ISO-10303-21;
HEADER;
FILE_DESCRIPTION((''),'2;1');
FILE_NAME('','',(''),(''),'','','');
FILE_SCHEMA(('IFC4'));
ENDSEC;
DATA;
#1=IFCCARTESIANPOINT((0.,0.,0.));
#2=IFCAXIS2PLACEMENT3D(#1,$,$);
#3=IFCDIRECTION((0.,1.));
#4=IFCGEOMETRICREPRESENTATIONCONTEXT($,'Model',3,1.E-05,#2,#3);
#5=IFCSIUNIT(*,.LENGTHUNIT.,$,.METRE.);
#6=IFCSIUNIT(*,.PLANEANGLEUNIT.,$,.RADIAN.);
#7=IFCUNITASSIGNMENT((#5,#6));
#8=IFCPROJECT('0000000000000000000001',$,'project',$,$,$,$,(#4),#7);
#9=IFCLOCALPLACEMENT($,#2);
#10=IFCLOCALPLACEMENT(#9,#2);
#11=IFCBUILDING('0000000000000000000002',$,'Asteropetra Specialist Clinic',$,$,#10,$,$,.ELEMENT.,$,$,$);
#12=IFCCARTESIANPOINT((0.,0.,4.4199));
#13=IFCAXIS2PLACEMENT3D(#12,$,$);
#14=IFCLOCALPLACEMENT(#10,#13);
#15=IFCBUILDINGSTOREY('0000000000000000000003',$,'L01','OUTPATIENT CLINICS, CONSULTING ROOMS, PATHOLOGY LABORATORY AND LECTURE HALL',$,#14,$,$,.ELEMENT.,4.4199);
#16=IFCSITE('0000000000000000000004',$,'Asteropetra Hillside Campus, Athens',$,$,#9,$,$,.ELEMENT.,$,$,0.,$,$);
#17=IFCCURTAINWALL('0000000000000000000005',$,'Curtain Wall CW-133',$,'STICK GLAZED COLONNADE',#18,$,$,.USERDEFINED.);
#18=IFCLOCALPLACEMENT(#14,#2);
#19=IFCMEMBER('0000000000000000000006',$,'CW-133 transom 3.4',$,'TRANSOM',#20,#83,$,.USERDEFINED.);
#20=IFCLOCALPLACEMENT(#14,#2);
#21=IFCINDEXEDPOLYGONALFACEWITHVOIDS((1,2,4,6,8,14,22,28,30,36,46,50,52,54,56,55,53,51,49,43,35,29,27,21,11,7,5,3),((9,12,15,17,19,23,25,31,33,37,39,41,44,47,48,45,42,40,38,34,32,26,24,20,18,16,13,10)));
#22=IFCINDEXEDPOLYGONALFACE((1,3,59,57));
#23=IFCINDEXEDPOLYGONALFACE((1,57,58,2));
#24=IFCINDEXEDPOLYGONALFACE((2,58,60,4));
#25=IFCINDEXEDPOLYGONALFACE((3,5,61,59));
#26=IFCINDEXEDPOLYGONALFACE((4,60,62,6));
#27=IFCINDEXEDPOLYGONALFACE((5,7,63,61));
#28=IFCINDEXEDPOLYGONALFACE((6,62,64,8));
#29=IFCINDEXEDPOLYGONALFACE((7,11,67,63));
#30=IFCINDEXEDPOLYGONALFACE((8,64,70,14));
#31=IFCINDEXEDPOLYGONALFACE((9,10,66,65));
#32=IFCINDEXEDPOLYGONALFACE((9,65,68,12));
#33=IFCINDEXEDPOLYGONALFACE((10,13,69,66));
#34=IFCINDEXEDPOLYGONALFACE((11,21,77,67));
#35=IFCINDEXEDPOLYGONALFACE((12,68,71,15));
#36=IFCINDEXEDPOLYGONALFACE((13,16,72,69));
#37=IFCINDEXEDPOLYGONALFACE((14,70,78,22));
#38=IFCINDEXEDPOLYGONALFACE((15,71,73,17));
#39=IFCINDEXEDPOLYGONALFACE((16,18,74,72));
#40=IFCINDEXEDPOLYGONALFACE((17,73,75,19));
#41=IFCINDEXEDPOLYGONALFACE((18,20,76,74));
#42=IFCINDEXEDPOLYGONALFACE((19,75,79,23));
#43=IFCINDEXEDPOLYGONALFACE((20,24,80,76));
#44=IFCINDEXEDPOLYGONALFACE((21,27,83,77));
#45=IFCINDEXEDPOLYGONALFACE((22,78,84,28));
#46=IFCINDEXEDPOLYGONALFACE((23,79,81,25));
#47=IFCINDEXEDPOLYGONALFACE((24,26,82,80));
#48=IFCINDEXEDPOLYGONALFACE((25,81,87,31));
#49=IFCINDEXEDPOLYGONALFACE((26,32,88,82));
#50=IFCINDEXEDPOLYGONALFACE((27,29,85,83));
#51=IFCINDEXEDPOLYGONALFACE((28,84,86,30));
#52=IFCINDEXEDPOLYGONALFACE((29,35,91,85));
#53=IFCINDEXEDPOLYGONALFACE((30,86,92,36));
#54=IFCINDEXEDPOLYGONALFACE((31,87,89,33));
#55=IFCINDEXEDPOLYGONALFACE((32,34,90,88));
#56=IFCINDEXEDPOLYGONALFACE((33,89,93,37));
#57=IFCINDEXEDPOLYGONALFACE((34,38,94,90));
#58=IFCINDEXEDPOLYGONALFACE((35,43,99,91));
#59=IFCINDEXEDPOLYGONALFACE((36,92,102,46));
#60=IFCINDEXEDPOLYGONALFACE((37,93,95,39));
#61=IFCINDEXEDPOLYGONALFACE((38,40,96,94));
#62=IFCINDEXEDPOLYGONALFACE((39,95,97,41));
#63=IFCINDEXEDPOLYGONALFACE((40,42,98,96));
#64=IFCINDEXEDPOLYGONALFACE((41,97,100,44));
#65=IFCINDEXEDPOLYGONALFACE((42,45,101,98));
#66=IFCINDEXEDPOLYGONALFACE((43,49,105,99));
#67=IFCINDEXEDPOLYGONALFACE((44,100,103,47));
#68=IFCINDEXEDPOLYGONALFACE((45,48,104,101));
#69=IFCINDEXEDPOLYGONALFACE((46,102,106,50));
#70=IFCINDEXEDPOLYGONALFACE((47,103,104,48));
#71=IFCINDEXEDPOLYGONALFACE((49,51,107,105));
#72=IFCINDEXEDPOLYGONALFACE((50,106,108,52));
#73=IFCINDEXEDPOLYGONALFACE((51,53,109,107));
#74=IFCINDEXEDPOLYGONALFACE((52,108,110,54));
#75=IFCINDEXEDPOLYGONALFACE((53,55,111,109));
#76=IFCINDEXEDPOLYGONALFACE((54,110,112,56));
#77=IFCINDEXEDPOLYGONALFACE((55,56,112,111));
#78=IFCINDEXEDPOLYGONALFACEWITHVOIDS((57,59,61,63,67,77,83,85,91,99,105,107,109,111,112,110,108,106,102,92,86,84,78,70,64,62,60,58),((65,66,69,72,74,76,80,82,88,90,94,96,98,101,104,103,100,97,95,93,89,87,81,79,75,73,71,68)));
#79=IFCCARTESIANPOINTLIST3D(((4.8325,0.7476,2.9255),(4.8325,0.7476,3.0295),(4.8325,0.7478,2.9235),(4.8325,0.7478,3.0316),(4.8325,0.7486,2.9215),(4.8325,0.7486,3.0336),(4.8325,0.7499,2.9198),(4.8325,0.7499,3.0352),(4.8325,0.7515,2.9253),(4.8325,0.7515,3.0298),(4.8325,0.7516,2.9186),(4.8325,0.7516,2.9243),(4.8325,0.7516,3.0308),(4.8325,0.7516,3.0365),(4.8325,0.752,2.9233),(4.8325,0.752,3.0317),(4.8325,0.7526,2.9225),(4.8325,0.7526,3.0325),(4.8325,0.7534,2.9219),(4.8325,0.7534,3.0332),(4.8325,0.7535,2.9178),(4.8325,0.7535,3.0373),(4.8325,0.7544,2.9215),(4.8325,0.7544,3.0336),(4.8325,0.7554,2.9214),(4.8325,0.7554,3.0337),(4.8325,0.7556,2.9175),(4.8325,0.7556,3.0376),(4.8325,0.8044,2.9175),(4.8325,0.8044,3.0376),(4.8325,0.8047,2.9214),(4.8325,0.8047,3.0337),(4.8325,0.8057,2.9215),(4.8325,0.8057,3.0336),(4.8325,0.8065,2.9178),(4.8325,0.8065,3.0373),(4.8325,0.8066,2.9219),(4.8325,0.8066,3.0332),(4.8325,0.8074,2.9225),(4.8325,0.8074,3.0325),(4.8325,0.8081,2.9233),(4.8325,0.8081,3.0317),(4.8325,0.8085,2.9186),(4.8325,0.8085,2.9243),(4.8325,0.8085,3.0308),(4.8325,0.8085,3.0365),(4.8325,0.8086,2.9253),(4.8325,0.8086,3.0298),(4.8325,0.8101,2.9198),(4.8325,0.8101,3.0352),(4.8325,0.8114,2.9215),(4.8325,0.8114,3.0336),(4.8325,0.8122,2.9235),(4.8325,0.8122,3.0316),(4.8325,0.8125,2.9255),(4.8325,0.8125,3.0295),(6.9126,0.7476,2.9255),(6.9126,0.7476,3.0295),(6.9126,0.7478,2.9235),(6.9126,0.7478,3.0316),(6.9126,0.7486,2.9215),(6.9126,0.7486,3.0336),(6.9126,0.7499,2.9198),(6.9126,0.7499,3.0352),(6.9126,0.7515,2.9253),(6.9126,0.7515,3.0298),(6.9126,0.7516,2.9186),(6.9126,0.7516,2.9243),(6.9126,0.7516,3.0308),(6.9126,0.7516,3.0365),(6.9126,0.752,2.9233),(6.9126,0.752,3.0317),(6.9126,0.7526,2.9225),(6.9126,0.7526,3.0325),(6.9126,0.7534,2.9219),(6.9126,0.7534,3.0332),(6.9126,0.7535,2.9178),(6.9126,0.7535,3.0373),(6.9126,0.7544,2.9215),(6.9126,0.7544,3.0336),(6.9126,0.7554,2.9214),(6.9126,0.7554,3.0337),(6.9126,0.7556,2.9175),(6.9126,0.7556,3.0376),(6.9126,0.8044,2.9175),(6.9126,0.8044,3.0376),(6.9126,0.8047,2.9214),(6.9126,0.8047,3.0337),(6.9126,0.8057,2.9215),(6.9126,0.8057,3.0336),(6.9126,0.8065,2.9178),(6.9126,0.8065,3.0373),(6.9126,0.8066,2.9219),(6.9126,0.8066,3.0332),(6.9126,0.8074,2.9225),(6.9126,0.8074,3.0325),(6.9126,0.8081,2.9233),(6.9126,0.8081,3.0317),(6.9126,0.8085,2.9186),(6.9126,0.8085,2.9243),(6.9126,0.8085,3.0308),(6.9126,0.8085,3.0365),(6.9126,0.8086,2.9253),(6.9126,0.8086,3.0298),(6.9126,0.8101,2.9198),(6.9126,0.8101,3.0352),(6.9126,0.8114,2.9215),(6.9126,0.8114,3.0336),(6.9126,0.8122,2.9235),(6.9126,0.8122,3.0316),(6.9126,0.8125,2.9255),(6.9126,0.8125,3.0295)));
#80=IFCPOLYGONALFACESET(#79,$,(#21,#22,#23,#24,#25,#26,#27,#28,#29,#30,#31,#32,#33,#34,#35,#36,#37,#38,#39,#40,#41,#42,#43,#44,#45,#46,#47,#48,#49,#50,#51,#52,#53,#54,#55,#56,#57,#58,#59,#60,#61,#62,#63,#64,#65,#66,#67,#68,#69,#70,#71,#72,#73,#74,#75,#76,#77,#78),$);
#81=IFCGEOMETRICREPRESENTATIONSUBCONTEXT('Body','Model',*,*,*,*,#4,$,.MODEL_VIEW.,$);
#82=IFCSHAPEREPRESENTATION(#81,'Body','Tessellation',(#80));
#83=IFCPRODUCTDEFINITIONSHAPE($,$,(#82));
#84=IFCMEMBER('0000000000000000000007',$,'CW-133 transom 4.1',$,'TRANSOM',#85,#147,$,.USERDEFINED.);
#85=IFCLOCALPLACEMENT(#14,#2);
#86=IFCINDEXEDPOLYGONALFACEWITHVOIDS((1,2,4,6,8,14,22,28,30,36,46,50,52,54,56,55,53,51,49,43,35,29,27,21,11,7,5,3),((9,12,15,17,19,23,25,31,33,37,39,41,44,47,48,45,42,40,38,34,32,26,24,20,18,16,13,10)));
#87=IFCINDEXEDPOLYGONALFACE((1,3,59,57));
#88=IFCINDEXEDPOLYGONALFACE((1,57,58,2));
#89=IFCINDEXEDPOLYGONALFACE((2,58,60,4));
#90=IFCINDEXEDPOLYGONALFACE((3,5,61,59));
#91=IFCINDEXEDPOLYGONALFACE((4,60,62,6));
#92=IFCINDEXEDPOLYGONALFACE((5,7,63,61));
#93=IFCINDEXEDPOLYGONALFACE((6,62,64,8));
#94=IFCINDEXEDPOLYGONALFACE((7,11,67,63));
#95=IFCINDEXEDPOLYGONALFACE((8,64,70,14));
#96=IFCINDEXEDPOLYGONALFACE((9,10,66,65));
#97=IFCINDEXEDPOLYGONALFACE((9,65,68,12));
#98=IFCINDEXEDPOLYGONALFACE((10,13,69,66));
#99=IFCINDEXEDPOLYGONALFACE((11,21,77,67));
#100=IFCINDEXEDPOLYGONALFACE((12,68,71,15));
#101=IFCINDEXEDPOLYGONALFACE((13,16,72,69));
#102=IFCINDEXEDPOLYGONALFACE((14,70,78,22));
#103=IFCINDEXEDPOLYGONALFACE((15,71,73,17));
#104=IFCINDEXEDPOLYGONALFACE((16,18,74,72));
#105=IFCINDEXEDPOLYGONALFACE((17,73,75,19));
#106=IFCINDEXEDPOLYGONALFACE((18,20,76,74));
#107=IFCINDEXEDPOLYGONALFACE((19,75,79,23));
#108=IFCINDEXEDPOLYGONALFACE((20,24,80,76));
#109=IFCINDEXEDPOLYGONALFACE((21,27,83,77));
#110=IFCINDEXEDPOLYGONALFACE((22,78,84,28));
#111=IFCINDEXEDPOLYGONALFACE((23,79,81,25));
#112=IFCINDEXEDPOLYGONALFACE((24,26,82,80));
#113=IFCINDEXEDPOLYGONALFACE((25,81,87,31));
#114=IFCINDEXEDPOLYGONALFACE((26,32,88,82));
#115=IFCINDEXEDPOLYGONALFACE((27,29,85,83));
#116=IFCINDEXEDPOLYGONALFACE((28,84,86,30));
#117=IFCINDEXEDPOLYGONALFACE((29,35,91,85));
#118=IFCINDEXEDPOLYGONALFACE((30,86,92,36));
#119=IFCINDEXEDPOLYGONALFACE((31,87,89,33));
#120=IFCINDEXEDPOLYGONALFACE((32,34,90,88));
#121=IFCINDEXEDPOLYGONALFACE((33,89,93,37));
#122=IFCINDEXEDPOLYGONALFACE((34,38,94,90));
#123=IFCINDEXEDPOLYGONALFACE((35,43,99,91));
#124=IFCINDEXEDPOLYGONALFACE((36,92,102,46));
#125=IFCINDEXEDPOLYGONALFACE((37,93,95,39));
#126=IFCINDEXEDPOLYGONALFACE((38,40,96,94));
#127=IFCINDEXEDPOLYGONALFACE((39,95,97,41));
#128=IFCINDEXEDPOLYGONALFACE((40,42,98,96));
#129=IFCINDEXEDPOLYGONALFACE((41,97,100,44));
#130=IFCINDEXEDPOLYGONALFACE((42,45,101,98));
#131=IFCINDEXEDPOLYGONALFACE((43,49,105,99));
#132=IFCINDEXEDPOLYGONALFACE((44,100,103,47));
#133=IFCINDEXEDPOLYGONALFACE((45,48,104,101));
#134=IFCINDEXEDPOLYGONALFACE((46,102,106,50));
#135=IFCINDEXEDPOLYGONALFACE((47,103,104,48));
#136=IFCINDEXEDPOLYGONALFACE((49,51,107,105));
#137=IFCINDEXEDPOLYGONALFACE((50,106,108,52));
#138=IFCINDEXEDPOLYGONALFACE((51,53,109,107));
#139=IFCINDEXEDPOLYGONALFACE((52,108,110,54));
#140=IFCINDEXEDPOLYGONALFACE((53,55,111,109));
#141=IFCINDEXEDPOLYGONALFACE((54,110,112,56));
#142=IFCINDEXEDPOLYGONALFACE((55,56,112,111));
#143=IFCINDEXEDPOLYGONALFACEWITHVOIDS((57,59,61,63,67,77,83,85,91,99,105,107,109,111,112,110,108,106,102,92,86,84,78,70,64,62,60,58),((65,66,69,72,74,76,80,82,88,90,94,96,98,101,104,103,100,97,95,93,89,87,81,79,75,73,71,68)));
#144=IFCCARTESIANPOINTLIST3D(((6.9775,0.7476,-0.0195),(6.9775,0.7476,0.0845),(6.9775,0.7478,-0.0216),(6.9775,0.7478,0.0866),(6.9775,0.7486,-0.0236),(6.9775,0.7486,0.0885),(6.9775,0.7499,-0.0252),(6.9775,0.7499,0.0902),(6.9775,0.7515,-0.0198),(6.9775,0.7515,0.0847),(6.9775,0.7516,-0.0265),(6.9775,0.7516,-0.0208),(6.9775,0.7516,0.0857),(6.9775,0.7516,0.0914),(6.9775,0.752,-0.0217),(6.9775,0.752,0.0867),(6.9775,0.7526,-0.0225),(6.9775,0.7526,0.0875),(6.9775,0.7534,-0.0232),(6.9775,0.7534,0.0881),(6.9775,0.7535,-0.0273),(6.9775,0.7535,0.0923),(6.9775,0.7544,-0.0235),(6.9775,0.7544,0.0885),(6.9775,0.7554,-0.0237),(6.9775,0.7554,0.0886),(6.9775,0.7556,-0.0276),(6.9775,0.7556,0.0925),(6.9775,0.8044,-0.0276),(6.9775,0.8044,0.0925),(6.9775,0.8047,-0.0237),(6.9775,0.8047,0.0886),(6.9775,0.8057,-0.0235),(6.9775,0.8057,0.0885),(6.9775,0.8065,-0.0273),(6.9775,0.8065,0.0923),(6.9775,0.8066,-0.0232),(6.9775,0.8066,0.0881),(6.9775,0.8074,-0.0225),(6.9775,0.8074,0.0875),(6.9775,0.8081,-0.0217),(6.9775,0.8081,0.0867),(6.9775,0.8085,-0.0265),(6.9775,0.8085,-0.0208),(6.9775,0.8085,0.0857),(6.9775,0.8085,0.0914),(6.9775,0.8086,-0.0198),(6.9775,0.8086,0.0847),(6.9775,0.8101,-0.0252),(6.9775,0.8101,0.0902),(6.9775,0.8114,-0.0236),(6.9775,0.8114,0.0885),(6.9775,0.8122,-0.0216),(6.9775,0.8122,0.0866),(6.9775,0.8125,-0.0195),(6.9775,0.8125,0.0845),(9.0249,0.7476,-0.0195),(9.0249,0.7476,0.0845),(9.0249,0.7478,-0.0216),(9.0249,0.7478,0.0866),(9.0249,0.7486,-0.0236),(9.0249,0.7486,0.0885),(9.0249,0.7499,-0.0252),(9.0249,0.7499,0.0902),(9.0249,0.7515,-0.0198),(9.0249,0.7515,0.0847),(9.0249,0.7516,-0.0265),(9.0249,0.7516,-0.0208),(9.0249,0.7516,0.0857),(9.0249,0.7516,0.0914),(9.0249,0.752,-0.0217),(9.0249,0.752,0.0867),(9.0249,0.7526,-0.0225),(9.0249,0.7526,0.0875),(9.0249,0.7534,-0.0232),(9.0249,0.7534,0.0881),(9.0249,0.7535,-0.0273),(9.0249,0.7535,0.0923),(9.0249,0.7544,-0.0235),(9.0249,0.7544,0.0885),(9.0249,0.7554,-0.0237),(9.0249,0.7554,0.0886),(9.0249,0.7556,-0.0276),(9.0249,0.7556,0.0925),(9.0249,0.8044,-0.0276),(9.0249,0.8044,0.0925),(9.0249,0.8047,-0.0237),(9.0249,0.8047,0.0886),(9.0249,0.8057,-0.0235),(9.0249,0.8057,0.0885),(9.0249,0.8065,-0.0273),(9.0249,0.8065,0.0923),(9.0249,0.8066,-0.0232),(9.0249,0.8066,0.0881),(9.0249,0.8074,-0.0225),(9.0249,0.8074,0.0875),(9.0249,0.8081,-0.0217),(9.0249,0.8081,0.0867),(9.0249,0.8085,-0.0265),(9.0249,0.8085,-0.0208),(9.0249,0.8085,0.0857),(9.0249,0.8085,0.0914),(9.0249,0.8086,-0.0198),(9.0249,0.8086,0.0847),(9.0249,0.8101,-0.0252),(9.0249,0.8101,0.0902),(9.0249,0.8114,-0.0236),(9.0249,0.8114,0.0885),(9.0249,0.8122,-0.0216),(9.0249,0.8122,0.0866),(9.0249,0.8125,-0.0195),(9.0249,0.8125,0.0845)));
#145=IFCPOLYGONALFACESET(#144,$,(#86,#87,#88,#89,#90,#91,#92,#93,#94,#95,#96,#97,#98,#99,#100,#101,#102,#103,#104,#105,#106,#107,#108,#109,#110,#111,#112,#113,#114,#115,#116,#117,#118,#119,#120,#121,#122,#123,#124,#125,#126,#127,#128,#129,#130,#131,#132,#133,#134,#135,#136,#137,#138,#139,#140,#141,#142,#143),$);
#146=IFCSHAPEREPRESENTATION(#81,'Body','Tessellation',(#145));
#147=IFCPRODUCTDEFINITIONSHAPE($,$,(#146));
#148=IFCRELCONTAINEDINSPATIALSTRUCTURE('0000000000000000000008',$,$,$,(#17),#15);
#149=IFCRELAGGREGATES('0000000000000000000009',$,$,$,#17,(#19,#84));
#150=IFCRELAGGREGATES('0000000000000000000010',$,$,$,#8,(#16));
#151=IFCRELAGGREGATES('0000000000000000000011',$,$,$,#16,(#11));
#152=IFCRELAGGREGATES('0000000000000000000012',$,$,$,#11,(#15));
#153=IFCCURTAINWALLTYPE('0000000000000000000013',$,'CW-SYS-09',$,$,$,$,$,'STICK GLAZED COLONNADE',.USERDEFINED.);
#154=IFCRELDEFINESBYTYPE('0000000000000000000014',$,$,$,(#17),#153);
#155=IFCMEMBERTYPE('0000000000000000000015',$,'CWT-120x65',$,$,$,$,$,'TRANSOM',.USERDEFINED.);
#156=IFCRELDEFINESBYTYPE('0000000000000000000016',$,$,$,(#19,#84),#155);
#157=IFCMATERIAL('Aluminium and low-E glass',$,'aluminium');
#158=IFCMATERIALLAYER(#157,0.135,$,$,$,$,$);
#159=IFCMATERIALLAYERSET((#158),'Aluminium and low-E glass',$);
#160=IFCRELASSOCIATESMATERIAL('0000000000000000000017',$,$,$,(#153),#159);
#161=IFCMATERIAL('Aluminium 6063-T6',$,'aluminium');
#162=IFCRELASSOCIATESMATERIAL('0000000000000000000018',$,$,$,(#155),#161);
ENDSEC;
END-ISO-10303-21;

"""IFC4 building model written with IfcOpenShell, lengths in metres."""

from ifc_helpers import new_model, si_unit, direction, frame, origin, origin_2d, place, context, subcontext, project, spatial, hollow_rectangle, extrude, material, layer, layer_set, material_profile, profile_set, type_object, element, aggregate, save


model = new_model("IFC4")

# Units and contexts
model_context = context("Model", 3, precision=1e-05, world=origin(), true_north=direction((0.0, 1.0)))
body_context = subcontext(model_context, "Body", "Model", "MODEL_VIEW")
ifc_project = project(units=[si_unit("LENGTHUNIT", "METRE"), si_unit("PLANEANGLEUNIT", "RADIAN")], contexts=[model_context])

# Site, building, storey
site_placement = place(None, origin())
site = spatial("IfcSite", under=ifc_project, at=site_placement, Name="Asteropetra Hillside Campus, Athens", CompositionType="ELEMENT", RefElevation=0.0)
building_placement = place(site_placement, origin())
building = spatial("IfcBuilding", under=site, at=building_placement, Name="Asteropetra Specialist Clinic", CompositionType="ELEMENT")
storey_placement = place(building_placement, frame((0.0, 0.0, 4.4199)))
storey = spatial("IfcBuildingStorey", under=building, at=storey_placement, Name="L01", Description="OUTPATIENT CLINICS, CONSULTING ROOMS, PATHOLOGY LABORATORY AND LECTURE HALL", CompositionType="ELEMENT", Elevation=4.4199)

# Curtain wall, members
ifc_material_1 = material(Name="Aluminium and low-E glass", Category="aluminium")
ifc_layer_1 = layer(ifc_material_1, 0.135)
ifc_layer_set_1 = layer_set([ifc_layer_1], Name="Aluminium and low-E glass")
curtain_wall_type = type_object("IfcCurtainWallType", Name="CW-SYS-09", ElementType="STICK GLAZED COLONNADE", PredefinedType="USERDEFINED", material=ifc_layer_set_1)
curtain_wall_placement = place(storey_placement, origin())
curtain_wall = element("IfcCurtainWall", 1, at=curtain_wall_placement, inside=storey, type_object=curtain_wall_type, Name="Curtain Wall CW-133", ObjectType="STICK GLAZED COLONNADE", PredefinedType="USERDEFINED")
ifc_material_2 = material(Name="Aluminium 6063-T6", Category="aluminium")
ifc_material_profile_1 = material_profile(ifc_material_2, hollow_rectangle(XDim=0.0649, YDim=0.1201, WallThickness=0.0039, InnerFilletRadius=0.0039, OuterFilletRadius=0.0081, at=origin_2d()), Name="TRN 120x65x4.0")
ifc_profile_set_1 = profile_set([ifc_material_profile_1], Name="Aluminium 6063-T6")
member_type_1 = type_object("IfcMemberType", Name="CWT-120x65", ElementType="TRANSOM", PredefinedType="USERDEFINED", material=ifc_profile_set_1)
member_1_placement = place(storey_placement, frame((4.8325, 0.78, 2.9775), z_axis=(1.0, 0.0, 0.0), x_axis=(0.0, 1.0, 0.0)))
member_1 = element("IfcMember", 2, at=member_1_placement, type_object=member_type_1, Name="CW-133 transom 3.4", ObjectType="TRANSOM", PredefinedType="USERDEFINED", context=body_context, shape_type="SweptSolid", body=[
    extrude(hollow_rectangle(XDim=0.0649, YDim=0.1201, WallThickness=0.0039, InnerFilletRadius=0.0039, OuterFilletRadius=0.0081, at=origin_2d()), origin(), (0.0, 0.0, 1.0), 2.0801),
])
member_2_placement = place(storey_placement, frame((6.9775, 0.78, 0.0325), z_axis=(1.0, 0.0, 0.0), x_axis=(0.0, 1.0, 0.0)))
member_2 = element("IfcMember", 3, at=member_2_placement, type_object=member_type_1, Name="CW-133 transom 4.1", ObjectType="TRANSOM", PredefinedType="USERDEFINED", context=body_context, shape_type="SweptSolid", body=[
    extrude(hollow_rectangle(XDim=0.0649, YDim=0.1201, WallThickness=0.0039, InnerFilletRadius=0.0039, OuterFilletRadius=0.0081, at=origin_2d()), origin(), (0.0, 0.0, 1.0), 2.0474),
])

aggregate(curtain_wall, [member_1, member_2])

save(model, "model.ifc")
